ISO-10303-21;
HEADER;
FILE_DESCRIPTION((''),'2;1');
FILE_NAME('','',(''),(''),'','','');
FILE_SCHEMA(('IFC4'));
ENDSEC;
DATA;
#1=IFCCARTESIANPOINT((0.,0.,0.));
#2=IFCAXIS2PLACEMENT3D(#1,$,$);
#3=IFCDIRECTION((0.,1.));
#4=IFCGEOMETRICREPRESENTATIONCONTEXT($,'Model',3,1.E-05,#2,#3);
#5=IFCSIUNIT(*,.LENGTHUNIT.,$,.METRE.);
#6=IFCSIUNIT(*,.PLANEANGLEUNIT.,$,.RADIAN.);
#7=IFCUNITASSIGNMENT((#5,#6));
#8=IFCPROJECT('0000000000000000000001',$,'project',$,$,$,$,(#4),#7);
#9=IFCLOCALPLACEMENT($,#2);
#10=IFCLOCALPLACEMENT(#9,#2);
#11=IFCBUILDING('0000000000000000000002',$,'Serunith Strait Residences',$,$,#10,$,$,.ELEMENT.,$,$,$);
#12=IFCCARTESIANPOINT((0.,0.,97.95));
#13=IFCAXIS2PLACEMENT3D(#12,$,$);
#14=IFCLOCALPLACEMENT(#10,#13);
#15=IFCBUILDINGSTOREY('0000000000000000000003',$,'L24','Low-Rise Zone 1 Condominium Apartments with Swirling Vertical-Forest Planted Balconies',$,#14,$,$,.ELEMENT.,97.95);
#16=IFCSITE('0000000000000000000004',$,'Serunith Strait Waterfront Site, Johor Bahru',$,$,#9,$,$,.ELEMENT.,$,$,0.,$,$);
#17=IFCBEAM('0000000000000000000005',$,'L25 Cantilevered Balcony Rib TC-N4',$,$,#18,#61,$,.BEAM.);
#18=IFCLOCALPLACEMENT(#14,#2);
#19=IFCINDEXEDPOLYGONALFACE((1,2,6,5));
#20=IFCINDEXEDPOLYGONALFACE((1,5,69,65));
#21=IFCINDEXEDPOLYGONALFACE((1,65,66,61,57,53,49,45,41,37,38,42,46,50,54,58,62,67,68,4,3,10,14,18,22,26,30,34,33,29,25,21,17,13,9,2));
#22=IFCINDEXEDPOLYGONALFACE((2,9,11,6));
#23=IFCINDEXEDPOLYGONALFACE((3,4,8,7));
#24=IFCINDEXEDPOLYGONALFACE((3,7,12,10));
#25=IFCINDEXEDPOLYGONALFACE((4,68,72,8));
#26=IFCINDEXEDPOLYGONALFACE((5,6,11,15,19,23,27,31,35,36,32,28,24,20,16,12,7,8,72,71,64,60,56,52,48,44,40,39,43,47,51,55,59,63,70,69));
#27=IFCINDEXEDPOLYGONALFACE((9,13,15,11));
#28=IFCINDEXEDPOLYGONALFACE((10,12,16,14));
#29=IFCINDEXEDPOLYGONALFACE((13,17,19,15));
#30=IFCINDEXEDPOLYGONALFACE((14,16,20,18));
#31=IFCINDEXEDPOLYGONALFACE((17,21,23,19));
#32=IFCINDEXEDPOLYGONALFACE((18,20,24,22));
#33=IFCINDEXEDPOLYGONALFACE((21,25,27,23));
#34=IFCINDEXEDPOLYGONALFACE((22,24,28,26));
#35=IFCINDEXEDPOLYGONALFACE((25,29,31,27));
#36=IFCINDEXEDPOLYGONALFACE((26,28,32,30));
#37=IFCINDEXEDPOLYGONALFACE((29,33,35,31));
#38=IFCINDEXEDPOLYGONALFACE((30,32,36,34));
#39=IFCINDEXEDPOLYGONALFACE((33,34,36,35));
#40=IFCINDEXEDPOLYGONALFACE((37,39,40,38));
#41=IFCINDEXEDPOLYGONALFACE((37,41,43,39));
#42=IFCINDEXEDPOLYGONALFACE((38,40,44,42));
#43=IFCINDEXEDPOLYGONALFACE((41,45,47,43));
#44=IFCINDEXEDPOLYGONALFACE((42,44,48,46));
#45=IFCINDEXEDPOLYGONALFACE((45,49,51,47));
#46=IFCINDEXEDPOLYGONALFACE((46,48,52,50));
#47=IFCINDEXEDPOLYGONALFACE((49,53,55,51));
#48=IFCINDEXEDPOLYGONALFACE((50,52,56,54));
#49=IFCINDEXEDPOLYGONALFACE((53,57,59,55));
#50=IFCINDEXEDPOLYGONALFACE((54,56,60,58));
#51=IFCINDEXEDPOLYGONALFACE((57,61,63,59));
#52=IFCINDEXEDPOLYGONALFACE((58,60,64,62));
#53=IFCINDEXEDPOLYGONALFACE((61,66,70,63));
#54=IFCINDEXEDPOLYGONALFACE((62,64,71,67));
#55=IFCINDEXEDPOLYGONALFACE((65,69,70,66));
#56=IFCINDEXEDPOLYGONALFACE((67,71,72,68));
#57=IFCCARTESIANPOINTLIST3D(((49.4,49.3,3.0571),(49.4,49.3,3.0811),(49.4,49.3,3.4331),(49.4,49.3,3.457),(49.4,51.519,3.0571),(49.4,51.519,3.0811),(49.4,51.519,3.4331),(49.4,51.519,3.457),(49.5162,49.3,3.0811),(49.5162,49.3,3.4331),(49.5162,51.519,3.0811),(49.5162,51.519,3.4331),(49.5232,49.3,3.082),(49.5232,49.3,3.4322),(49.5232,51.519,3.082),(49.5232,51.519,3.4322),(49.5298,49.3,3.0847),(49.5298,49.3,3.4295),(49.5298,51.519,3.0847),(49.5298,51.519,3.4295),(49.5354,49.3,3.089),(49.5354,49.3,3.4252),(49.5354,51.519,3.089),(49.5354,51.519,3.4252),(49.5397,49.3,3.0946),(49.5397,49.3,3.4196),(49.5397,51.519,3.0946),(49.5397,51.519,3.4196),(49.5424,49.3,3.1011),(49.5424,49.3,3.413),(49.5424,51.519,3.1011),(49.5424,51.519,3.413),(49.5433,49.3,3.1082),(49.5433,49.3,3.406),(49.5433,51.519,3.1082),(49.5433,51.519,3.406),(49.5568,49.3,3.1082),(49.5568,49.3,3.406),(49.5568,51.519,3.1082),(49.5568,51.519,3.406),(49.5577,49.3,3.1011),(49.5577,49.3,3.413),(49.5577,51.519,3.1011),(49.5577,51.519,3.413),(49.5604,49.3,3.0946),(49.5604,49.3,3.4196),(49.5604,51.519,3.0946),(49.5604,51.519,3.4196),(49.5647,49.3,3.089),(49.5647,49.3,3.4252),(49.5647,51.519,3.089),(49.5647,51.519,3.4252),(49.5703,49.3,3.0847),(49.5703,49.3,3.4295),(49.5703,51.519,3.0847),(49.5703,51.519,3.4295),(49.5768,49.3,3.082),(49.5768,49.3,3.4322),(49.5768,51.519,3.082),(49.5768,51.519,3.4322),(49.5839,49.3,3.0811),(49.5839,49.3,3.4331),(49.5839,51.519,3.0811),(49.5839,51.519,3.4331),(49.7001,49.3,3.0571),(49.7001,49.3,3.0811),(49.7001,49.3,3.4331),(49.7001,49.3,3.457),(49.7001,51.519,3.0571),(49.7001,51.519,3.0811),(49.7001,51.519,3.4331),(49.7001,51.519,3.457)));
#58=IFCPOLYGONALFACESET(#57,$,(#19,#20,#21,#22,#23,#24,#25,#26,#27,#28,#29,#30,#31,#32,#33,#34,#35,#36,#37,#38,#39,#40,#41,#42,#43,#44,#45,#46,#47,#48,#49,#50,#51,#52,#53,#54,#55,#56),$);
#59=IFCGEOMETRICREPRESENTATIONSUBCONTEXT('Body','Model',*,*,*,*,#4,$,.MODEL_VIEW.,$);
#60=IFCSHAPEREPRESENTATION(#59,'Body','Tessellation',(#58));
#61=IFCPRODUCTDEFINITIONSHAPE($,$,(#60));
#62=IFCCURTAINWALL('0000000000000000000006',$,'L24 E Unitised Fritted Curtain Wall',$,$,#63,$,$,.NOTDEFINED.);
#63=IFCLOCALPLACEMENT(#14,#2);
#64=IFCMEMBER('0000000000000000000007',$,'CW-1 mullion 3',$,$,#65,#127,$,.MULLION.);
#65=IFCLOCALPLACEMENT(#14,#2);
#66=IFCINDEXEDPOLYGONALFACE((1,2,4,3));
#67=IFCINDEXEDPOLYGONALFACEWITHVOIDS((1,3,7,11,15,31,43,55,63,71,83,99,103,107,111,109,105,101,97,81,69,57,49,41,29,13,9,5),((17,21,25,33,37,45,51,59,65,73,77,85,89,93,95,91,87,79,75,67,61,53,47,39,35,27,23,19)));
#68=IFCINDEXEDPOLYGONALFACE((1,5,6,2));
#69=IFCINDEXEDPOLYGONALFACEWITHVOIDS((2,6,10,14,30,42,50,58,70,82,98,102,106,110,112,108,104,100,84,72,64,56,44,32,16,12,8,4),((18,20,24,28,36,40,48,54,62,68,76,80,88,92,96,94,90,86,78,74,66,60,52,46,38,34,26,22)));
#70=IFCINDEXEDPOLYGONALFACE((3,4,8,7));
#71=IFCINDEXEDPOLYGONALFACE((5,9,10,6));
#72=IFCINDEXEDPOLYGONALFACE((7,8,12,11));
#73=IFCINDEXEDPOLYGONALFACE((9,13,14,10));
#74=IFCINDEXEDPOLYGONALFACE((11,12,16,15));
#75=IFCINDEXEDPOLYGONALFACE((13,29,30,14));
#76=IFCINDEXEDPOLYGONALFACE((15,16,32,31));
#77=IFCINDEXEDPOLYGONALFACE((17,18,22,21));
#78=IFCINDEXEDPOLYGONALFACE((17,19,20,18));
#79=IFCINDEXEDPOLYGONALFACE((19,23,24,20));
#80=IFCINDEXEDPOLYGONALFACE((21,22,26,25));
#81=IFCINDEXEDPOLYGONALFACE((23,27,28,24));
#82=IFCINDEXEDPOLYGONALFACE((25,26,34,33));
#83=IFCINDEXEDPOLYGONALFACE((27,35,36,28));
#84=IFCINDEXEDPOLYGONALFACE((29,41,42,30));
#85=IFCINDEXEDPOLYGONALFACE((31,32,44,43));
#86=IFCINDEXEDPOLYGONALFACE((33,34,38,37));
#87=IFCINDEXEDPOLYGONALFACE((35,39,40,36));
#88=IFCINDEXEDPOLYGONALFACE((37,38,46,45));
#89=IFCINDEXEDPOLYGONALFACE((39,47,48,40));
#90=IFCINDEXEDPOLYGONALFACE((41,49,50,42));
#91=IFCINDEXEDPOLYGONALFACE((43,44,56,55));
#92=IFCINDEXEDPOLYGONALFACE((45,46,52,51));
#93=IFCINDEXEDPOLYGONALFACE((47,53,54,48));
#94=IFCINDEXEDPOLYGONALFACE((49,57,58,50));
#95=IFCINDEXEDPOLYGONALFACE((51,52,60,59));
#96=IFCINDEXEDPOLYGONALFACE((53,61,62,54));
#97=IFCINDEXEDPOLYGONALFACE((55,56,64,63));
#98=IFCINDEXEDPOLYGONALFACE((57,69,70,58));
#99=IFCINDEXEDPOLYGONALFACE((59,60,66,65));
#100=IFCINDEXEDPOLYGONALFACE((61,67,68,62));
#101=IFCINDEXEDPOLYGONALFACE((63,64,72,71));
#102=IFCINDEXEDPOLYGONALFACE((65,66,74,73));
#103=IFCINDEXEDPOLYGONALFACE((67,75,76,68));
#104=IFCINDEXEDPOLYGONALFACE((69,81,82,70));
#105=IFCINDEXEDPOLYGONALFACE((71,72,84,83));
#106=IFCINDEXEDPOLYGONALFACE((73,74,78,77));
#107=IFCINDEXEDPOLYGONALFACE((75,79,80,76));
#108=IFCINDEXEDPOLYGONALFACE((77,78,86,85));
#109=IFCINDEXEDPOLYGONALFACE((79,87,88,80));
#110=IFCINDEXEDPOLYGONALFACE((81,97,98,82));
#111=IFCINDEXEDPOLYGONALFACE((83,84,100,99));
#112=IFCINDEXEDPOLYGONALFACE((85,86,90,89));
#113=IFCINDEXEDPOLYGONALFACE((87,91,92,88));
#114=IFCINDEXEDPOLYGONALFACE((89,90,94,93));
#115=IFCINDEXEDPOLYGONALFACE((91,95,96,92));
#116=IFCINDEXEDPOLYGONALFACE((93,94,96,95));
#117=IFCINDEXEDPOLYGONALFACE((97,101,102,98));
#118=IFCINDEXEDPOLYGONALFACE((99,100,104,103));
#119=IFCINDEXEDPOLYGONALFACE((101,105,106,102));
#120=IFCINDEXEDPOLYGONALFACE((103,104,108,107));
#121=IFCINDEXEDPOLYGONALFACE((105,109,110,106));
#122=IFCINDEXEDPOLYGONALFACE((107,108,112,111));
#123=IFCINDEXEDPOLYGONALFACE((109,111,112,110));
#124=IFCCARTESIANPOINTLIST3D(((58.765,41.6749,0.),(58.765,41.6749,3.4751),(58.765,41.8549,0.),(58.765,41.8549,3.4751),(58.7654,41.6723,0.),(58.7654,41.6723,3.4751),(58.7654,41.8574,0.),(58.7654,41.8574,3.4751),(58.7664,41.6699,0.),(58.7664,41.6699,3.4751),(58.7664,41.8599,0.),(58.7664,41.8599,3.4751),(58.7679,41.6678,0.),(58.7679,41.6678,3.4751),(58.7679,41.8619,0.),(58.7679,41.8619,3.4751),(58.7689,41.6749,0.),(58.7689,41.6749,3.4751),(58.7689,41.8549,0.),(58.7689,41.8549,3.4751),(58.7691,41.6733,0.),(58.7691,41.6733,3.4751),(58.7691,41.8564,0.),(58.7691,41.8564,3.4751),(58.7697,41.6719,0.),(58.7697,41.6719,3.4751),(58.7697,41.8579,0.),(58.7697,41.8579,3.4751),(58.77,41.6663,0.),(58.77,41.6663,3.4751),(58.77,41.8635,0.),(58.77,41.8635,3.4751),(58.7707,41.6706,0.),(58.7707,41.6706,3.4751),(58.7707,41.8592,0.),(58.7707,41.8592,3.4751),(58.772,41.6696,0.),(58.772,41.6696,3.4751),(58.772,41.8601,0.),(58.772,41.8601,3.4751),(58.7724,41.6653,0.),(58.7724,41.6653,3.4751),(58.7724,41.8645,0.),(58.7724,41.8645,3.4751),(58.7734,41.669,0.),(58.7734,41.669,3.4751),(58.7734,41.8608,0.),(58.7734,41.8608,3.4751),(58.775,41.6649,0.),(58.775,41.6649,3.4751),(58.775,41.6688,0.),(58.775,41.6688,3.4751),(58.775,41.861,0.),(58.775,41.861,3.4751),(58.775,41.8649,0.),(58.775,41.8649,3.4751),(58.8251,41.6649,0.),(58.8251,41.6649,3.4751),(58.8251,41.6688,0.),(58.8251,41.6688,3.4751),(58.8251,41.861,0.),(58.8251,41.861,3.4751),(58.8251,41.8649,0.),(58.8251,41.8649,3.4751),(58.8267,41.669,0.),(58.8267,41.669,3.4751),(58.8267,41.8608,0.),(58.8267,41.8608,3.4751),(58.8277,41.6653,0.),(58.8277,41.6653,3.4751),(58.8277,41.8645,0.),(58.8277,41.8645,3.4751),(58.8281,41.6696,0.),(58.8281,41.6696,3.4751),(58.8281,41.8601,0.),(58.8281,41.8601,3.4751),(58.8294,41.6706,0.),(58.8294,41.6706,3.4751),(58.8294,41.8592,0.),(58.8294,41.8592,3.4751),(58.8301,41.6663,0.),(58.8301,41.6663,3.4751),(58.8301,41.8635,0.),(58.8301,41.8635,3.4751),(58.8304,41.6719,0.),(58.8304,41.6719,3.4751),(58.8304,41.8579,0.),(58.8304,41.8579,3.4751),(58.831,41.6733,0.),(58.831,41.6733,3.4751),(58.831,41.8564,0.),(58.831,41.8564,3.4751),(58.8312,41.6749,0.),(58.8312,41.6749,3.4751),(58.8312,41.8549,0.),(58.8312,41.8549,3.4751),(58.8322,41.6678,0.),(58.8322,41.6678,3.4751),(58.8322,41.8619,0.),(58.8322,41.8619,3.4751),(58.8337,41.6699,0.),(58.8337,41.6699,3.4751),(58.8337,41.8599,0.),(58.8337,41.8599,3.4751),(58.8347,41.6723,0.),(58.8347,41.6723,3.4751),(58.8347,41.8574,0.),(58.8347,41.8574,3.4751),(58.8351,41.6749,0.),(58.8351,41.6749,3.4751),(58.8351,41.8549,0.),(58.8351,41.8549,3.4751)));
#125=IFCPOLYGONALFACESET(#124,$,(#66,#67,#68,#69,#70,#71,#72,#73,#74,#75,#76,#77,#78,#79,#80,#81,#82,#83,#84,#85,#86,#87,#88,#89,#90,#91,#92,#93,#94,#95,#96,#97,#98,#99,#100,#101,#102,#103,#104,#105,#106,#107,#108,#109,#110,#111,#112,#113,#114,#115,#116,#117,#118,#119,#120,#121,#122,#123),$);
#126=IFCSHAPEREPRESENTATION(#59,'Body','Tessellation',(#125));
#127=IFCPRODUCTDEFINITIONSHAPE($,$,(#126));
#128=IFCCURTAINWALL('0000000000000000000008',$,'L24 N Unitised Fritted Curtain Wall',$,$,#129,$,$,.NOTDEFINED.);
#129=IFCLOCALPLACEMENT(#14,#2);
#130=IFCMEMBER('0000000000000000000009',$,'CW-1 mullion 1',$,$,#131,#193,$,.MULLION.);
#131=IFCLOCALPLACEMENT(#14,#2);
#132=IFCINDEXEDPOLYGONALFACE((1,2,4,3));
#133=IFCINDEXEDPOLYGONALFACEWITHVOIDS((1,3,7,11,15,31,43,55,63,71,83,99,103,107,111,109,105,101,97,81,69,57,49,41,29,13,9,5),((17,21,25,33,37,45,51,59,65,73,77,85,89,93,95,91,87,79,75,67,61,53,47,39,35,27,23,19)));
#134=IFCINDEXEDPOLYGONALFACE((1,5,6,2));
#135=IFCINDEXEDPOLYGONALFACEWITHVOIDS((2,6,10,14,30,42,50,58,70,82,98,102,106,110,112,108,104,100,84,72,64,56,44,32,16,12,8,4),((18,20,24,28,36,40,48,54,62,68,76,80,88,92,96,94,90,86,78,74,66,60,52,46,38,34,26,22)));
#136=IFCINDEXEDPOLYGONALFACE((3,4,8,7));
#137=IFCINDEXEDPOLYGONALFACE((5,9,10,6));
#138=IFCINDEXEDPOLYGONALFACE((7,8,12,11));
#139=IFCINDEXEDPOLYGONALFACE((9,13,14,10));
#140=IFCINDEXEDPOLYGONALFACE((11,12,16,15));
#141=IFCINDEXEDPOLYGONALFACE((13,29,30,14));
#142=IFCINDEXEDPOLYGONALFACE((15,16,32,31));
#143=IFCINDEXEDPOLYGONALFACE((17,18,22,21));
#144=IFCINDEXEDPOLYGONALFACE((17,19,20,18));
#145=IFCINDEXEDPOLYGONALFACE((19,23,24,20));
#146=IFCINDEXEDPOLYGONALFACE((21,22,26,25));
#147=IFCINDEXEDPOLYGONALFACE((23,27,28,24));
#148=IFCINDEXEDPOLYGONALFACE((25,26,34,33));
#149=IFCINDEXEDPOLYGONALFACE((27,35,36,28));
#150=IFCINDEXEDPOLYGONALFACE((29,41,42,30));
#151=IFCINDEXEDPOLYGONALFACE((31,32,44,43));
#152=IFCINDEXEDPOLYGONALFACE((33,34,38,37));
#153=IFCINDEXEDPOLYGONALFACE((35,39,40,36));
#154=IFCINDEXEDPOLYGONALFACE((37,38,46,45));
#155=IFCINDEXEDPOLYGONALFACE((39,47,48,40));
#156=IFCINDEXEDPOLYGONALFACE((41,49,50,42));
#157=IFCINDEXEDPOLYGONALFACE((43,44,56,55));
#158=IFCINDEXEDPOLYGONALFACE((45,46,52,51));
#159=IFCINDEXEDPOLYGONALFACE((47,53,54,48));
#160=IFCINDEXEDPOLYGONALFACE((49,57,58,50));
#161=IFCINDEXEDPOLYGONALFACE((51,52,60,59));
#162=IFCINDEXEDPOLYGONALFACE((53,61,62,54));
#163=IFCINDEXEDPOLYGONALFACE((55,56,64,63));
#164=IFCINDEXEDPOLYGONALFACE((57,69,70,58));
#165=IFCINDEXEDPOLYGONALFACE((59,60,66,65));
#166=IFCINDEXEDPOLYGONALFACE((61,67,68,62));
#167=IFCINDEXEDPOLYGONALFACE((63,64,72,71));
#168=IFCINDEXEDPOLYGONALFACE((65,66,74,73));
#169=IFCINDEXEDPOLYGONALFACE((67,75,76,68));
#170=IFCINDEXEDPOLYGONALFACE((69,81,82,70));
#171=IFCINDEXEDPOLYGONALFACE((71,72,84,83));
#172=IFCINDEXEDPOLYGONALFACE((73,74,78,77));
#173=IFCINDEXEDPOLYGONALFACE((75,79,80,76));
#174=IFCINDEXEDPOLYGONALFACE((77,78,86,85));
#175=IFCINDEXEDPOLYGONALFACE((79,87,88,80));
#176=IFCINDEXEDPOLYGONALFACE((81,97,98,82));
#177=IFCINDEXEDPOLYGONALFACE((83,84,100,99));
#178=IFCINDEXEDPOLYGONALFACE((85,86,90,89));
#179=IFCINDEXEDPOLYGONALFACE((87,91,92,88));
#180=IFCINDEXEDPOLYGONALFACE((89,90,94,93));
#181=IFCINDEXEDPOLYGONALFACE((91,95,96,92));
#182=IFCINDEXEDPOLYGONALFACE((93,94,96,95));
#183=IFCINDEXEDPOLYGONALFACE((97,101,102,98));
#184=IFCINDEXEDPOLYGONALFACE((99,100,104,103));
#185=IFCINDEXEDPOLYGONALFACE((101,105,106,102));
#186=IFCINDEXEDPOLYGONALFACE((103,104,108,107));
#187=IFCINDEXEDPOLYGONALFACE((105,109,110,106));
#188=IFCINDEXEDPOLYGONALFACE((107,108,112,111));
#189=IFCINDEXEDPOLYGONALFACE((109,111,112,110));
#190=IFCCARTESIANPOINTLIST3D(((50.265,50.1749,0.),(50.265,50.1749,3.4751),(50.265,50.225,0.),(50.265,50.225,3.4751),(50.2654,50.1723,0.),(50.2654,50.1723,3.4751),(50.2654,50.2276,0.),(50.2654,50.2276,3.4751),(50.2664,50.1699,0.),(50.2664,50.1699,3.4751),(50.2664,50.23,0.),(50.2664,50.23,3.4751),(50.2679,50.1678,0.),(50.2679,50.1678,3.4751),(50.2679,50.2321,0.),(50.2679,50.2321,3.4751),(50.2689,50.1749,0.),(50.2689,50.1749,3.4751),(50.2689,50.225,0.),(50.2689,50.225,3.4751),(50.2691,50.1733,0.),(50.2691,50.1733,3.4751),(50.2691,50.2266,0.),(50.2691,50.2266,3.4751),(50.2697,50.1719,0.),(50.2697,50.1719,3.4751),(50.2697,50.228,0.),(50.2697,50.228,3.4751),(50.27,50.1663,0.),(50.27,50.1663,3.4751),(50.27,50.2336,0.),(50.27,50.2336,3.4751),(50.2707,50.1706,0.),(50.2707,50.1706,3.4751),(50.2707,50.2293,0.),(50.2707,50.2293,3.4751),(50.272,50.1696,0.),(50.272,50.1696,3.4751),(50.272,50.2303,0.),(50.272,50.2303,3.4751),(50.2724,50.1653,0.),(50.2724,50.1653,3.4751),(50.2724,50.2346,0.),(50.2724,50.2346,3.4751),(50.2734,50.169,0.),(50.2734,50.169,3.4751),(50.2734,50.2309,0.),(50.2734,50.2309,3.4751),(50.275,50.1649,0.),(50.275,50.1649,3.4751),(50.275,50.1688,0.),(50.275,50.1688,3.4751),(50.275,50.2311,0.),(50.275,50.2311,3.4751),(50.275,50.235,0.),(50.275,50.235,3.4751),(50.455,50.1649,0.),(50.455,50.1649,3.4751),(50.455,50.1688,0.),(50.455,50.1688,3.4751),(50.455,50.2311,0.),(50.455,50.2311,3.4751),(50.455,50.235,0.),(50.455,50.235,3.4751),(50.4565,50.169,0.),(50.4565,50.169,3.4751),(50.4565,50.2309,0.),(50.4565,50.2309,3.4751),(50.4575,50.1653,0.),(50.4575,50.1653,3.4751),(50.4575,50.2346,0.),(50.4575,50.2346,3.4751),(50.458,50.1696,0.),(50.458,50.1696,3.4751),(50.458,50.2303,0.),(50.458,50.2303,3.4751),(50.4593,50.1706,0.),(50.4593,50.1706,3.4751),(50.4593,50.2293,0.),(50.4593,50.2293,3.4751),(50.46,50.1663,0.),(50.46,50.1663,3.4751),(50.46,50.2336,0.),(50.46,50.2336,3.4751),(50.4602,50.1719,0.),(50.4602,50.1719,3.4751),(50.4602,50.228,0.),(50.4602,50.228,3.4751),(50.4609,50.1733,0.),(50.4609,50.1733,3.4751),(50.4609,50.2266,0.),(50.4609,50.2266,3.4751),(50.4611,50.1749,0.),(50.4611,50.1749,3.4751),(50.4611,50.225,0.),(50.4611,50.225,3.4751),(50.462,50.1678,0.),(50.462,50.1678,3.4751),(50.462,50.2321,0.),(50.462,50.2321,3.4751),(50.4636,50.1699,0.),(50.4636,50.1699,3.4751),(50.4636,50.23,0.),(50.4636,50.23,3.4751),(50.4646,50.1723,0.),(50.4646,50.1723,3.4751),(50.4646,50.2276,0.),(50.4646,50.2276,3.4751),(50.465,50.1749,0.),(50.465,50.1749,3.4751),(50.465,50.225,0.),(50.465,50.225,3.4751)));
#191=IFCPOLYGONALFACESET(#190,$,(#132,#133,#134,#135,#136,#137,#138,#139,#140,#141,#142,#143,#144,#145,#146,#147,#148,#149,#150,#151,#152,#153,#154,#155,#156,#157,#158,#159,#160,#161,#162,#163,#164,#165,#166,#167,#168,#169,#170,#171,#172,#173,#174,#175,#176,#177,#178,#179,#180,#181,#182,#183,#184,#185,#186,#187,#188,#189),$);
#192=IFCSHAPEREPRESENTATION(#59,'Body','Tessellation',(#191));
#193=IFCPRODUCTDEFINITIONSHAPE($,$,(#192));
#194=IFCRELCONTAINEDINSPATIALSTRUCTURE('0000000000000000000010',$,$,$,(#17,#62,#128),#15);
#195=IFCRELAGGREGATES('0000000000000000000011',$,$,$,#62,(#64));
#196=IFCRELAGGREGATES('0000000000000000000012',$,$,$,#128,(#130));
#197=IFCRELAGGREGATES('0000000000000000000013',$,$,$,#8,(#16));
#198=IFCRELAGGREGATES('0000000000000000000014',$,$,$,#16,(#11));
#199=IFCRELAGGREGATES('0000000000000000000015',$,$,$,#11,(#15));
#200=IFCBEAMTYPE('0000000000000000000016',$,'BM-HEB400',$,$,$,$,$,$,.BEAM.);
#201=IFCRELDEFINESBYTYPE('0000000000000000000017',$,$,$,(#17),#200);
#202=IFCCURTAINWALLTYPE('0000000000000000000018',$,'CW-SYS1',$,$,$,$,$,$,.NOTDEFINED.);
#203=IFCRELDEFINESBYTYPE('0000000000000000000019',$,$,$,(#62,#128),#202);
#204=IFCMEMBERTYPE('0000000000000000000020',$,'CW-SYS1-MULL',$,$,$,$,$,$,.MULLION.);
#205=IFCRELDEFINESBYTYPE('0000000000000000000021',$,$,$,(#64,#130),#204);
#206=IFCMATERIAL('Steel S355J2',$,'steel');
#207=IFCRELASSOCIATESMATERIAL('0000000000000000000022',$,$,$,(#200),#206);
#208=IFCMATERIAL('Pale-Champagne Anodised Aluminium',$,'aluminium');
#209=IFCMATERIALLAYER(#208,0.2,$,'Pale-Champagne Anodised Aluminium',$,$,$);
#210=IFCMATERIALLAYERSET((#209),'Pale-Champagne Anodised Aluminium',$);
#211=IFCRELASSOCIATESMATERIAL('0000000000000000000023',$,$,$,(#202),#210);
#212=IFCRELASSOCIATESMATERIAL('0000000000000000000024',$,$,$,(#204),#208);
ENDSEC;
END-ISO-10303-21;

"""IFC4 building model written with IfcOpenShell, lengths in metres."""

from ifc_helpers import new_model, si_unit, direction, frame, origin, origin_2d, place, context, subcontext, project, spatial, hollow_rectangle, i_section, extrude, source, transform, mapped, material, layer, layer_set, material_profile, profile_set, type_object, element, aggregate, save


model = new_model("IFC4")

# Units and contexts
model_context = context("Model", 3, precision=1e-05, world=origin(), true_north=direction((0.0, 1.0)))
body_context = subcontext(model_context, "Body", "Model", "MODEL_VIEW")
ifc_project = project(units=[si_unit("LENGTHUNIT", "METRE"), si_unit("PLANEANGLEUNIT", "RADIAN")], contexts=[model_context])

# Site, building, storey
site_placement = place(None, origin())
site = spatial("IfcSite", under=ifc_project, at=site_placement, Name="Serunith Strait Waterfront Site, Johor Bahru", CompositionType="ELEMENT", RefElevation=0.0)
building_placement = place(site_placement, origin())
building = spatial("IfcBuilding", under=site, at=building_placement, Name="Serunith Strait Residences", CompositionType="ELEMENT")
storey_placement = place(building_placement, frame((0.0, 0.0, 97.95)))
storey = spatial("IfcBuildingStorey", under=building, at=storey_placement, Name="L24", Description="Low-Rise Zone 1 Condominium Apartments with Swirling Vertical-Forest Planted Balconies", CompositionType="ELEMENT", Elevation=97.95)

# Beam
ifc_material_1 = material(Name="Steel S355J2", Category="steel")
ifc_material_profile_1 = material_profile(ifc_material_1, i_section(OverallWidth=0.3, OverallDepth=0.3999, WebThickness=0.0134, FlangeThickness=0.0239, FilletRadius=0.0271, at=origin_2d()), Name="HEB 400")
ifc_profile_set_1 = profile_set([ifc_material_profile_1], Name="Steel S355J2")
beam_type_1 = type_object("IfcBeamType", Name="BM-HEB400", PredefinedType="BEAM", material=ifc_profile_set_1)
shared_shape_1 = source(origin(), body_context, "Body", "SweptSolid", [
    extrude(i_section(OverallWidth=0.3, OverallDepth=0.3999, WebThickness=0.0134, FlangeThickness=0.0239, FilletRadius=0.0271, at=origin_2d()), origin(), (0.0, 0.0, 1.0), 2.219),
])
beam_1_placement = place(storey_placement, frame((49.55, 49.3, 3.2571), z_axis=(0.0, 1.0, 0.0), x_axis=(-1.0, 0.0, 0.0)))
element("IfcBeam", 1, at=beam_1_placement, inside=storey, type_object=beam_type_1, Name="L25 Cantilevered Balcony Rib TC-N4", PredefinedType="BEAM", context=body_context, shape_type="MappedRepresentation", body=[
    mapped(shared_shape_1, transform((0.0, 0.0, 0.0), scale=1.0)),
])

# Curtain wall, member
ifc_material_2 = material(Name="Pale-Champagne Anodised Aluminium", Category="aluminium")
ifc_layer_1 = layer(ifc_material_2, 0.2, Name="Pale-Champagne Anodised Aluminium")
ifc_layer_set_1 = layer_set([ifc_layer_1], Name="Pale-Champagne Anodised Aluminium")
curtain_wall_type = type_object("IfcCurtainWallType", Name="CW-SYS1", PredefinedType="NOTDEFINED", material=ifc_layer_set_1)
curtain_wall_1_placement = place(storey_placement, origin())
curtain_wall_1 = element("IfcCurtainWall", 2, at=curtain_wall_1_placement, inside=storey, type_object=curtain_wall_type, Name="L24 E Unitised Fritted Curtain Wall", PredefinedType="NOTDEFINED")
ifc_material_profile_2 = material_profile(ifc_material_2, hollow_rectangle(XDim=0.0701, YDim=0.2, WallThickness=0.0039, InnerFilletRadius=0.0061, OuterFilletRadius=0.01, at=origin_2d()), Name="ALU 200x70x4")
ifc_profile_set_2 = profile_set([ifc_material_profile_2], Name="Pale-Champagne Anodised Aluminium")
member_type_1 = type_object("IfcMemberType", Name="CW-SYS1-MULL", PredefinedType="MULLION", material=ifc_profile_set_2)
shared_shape_2 = source(origin(), body_context, "Body", "SweptSolid", [
    extrude(hollow_rectangle(XDim=0.0701, YDim=0.2, WallThickness=0.0039, InnerFilletRadius=0.0061, OuterFilletRadius=0.01, at=origin_2d()), origin(), (0.0, 0.0, 1.0), 3.4751),
])
member_1_placement = place(storey_placement, frame((58.8, 41.7649, 0.0), z_axis=(0.0, 0.0, 1.0), x_axis=(-1.0, 0.0, 0.0)))
member_1 = element("IfcMember", 3, at=member_1_placement, type_object=member_type_1, Name="CW-1 mullion 3", PredefinedType="MULLION", context=body_context, shape_type="MappedRepresentation", body=[
    mapped(shared_shape_2, transform((0.0, 0.0, 0.0), scale=1.0)),
])
aggregate(curtain_wall_1, [member_1])

# Curtain wall, member
curtain_wall_2_placement = place(storey_placement, origin())
curtain_wall_2 = element("IfcCurtainWall", 4, at=curtain_wall_2_placement, inside=storey, type_object=curtain_wall_type, Name="L24 N Unitised Fritted Curtain Wall", PredefinedType="NOTDEFINED")
member_2_placement = place(storey_placement, frame((50.365, 50.2, 0.0), z_axis=(0.0, 0.0, 1.0), x_axis=(0.0, -1.0, 0.0)))
member_2 = element("IfcMember", 5, at=member_2_placement, type_object=member_type_1, Name="CW-1 mullion 1", PredefinedType="MULLION", context=body_context, shape_type="MappedRepresentation", body=[
    mapped(shared_shape_2, transform((0.0, 0.0, 0.0), scale=1.0)),
])
aggregate(curtain_wall_2, [member_2])

save(model, "model.ifc")
